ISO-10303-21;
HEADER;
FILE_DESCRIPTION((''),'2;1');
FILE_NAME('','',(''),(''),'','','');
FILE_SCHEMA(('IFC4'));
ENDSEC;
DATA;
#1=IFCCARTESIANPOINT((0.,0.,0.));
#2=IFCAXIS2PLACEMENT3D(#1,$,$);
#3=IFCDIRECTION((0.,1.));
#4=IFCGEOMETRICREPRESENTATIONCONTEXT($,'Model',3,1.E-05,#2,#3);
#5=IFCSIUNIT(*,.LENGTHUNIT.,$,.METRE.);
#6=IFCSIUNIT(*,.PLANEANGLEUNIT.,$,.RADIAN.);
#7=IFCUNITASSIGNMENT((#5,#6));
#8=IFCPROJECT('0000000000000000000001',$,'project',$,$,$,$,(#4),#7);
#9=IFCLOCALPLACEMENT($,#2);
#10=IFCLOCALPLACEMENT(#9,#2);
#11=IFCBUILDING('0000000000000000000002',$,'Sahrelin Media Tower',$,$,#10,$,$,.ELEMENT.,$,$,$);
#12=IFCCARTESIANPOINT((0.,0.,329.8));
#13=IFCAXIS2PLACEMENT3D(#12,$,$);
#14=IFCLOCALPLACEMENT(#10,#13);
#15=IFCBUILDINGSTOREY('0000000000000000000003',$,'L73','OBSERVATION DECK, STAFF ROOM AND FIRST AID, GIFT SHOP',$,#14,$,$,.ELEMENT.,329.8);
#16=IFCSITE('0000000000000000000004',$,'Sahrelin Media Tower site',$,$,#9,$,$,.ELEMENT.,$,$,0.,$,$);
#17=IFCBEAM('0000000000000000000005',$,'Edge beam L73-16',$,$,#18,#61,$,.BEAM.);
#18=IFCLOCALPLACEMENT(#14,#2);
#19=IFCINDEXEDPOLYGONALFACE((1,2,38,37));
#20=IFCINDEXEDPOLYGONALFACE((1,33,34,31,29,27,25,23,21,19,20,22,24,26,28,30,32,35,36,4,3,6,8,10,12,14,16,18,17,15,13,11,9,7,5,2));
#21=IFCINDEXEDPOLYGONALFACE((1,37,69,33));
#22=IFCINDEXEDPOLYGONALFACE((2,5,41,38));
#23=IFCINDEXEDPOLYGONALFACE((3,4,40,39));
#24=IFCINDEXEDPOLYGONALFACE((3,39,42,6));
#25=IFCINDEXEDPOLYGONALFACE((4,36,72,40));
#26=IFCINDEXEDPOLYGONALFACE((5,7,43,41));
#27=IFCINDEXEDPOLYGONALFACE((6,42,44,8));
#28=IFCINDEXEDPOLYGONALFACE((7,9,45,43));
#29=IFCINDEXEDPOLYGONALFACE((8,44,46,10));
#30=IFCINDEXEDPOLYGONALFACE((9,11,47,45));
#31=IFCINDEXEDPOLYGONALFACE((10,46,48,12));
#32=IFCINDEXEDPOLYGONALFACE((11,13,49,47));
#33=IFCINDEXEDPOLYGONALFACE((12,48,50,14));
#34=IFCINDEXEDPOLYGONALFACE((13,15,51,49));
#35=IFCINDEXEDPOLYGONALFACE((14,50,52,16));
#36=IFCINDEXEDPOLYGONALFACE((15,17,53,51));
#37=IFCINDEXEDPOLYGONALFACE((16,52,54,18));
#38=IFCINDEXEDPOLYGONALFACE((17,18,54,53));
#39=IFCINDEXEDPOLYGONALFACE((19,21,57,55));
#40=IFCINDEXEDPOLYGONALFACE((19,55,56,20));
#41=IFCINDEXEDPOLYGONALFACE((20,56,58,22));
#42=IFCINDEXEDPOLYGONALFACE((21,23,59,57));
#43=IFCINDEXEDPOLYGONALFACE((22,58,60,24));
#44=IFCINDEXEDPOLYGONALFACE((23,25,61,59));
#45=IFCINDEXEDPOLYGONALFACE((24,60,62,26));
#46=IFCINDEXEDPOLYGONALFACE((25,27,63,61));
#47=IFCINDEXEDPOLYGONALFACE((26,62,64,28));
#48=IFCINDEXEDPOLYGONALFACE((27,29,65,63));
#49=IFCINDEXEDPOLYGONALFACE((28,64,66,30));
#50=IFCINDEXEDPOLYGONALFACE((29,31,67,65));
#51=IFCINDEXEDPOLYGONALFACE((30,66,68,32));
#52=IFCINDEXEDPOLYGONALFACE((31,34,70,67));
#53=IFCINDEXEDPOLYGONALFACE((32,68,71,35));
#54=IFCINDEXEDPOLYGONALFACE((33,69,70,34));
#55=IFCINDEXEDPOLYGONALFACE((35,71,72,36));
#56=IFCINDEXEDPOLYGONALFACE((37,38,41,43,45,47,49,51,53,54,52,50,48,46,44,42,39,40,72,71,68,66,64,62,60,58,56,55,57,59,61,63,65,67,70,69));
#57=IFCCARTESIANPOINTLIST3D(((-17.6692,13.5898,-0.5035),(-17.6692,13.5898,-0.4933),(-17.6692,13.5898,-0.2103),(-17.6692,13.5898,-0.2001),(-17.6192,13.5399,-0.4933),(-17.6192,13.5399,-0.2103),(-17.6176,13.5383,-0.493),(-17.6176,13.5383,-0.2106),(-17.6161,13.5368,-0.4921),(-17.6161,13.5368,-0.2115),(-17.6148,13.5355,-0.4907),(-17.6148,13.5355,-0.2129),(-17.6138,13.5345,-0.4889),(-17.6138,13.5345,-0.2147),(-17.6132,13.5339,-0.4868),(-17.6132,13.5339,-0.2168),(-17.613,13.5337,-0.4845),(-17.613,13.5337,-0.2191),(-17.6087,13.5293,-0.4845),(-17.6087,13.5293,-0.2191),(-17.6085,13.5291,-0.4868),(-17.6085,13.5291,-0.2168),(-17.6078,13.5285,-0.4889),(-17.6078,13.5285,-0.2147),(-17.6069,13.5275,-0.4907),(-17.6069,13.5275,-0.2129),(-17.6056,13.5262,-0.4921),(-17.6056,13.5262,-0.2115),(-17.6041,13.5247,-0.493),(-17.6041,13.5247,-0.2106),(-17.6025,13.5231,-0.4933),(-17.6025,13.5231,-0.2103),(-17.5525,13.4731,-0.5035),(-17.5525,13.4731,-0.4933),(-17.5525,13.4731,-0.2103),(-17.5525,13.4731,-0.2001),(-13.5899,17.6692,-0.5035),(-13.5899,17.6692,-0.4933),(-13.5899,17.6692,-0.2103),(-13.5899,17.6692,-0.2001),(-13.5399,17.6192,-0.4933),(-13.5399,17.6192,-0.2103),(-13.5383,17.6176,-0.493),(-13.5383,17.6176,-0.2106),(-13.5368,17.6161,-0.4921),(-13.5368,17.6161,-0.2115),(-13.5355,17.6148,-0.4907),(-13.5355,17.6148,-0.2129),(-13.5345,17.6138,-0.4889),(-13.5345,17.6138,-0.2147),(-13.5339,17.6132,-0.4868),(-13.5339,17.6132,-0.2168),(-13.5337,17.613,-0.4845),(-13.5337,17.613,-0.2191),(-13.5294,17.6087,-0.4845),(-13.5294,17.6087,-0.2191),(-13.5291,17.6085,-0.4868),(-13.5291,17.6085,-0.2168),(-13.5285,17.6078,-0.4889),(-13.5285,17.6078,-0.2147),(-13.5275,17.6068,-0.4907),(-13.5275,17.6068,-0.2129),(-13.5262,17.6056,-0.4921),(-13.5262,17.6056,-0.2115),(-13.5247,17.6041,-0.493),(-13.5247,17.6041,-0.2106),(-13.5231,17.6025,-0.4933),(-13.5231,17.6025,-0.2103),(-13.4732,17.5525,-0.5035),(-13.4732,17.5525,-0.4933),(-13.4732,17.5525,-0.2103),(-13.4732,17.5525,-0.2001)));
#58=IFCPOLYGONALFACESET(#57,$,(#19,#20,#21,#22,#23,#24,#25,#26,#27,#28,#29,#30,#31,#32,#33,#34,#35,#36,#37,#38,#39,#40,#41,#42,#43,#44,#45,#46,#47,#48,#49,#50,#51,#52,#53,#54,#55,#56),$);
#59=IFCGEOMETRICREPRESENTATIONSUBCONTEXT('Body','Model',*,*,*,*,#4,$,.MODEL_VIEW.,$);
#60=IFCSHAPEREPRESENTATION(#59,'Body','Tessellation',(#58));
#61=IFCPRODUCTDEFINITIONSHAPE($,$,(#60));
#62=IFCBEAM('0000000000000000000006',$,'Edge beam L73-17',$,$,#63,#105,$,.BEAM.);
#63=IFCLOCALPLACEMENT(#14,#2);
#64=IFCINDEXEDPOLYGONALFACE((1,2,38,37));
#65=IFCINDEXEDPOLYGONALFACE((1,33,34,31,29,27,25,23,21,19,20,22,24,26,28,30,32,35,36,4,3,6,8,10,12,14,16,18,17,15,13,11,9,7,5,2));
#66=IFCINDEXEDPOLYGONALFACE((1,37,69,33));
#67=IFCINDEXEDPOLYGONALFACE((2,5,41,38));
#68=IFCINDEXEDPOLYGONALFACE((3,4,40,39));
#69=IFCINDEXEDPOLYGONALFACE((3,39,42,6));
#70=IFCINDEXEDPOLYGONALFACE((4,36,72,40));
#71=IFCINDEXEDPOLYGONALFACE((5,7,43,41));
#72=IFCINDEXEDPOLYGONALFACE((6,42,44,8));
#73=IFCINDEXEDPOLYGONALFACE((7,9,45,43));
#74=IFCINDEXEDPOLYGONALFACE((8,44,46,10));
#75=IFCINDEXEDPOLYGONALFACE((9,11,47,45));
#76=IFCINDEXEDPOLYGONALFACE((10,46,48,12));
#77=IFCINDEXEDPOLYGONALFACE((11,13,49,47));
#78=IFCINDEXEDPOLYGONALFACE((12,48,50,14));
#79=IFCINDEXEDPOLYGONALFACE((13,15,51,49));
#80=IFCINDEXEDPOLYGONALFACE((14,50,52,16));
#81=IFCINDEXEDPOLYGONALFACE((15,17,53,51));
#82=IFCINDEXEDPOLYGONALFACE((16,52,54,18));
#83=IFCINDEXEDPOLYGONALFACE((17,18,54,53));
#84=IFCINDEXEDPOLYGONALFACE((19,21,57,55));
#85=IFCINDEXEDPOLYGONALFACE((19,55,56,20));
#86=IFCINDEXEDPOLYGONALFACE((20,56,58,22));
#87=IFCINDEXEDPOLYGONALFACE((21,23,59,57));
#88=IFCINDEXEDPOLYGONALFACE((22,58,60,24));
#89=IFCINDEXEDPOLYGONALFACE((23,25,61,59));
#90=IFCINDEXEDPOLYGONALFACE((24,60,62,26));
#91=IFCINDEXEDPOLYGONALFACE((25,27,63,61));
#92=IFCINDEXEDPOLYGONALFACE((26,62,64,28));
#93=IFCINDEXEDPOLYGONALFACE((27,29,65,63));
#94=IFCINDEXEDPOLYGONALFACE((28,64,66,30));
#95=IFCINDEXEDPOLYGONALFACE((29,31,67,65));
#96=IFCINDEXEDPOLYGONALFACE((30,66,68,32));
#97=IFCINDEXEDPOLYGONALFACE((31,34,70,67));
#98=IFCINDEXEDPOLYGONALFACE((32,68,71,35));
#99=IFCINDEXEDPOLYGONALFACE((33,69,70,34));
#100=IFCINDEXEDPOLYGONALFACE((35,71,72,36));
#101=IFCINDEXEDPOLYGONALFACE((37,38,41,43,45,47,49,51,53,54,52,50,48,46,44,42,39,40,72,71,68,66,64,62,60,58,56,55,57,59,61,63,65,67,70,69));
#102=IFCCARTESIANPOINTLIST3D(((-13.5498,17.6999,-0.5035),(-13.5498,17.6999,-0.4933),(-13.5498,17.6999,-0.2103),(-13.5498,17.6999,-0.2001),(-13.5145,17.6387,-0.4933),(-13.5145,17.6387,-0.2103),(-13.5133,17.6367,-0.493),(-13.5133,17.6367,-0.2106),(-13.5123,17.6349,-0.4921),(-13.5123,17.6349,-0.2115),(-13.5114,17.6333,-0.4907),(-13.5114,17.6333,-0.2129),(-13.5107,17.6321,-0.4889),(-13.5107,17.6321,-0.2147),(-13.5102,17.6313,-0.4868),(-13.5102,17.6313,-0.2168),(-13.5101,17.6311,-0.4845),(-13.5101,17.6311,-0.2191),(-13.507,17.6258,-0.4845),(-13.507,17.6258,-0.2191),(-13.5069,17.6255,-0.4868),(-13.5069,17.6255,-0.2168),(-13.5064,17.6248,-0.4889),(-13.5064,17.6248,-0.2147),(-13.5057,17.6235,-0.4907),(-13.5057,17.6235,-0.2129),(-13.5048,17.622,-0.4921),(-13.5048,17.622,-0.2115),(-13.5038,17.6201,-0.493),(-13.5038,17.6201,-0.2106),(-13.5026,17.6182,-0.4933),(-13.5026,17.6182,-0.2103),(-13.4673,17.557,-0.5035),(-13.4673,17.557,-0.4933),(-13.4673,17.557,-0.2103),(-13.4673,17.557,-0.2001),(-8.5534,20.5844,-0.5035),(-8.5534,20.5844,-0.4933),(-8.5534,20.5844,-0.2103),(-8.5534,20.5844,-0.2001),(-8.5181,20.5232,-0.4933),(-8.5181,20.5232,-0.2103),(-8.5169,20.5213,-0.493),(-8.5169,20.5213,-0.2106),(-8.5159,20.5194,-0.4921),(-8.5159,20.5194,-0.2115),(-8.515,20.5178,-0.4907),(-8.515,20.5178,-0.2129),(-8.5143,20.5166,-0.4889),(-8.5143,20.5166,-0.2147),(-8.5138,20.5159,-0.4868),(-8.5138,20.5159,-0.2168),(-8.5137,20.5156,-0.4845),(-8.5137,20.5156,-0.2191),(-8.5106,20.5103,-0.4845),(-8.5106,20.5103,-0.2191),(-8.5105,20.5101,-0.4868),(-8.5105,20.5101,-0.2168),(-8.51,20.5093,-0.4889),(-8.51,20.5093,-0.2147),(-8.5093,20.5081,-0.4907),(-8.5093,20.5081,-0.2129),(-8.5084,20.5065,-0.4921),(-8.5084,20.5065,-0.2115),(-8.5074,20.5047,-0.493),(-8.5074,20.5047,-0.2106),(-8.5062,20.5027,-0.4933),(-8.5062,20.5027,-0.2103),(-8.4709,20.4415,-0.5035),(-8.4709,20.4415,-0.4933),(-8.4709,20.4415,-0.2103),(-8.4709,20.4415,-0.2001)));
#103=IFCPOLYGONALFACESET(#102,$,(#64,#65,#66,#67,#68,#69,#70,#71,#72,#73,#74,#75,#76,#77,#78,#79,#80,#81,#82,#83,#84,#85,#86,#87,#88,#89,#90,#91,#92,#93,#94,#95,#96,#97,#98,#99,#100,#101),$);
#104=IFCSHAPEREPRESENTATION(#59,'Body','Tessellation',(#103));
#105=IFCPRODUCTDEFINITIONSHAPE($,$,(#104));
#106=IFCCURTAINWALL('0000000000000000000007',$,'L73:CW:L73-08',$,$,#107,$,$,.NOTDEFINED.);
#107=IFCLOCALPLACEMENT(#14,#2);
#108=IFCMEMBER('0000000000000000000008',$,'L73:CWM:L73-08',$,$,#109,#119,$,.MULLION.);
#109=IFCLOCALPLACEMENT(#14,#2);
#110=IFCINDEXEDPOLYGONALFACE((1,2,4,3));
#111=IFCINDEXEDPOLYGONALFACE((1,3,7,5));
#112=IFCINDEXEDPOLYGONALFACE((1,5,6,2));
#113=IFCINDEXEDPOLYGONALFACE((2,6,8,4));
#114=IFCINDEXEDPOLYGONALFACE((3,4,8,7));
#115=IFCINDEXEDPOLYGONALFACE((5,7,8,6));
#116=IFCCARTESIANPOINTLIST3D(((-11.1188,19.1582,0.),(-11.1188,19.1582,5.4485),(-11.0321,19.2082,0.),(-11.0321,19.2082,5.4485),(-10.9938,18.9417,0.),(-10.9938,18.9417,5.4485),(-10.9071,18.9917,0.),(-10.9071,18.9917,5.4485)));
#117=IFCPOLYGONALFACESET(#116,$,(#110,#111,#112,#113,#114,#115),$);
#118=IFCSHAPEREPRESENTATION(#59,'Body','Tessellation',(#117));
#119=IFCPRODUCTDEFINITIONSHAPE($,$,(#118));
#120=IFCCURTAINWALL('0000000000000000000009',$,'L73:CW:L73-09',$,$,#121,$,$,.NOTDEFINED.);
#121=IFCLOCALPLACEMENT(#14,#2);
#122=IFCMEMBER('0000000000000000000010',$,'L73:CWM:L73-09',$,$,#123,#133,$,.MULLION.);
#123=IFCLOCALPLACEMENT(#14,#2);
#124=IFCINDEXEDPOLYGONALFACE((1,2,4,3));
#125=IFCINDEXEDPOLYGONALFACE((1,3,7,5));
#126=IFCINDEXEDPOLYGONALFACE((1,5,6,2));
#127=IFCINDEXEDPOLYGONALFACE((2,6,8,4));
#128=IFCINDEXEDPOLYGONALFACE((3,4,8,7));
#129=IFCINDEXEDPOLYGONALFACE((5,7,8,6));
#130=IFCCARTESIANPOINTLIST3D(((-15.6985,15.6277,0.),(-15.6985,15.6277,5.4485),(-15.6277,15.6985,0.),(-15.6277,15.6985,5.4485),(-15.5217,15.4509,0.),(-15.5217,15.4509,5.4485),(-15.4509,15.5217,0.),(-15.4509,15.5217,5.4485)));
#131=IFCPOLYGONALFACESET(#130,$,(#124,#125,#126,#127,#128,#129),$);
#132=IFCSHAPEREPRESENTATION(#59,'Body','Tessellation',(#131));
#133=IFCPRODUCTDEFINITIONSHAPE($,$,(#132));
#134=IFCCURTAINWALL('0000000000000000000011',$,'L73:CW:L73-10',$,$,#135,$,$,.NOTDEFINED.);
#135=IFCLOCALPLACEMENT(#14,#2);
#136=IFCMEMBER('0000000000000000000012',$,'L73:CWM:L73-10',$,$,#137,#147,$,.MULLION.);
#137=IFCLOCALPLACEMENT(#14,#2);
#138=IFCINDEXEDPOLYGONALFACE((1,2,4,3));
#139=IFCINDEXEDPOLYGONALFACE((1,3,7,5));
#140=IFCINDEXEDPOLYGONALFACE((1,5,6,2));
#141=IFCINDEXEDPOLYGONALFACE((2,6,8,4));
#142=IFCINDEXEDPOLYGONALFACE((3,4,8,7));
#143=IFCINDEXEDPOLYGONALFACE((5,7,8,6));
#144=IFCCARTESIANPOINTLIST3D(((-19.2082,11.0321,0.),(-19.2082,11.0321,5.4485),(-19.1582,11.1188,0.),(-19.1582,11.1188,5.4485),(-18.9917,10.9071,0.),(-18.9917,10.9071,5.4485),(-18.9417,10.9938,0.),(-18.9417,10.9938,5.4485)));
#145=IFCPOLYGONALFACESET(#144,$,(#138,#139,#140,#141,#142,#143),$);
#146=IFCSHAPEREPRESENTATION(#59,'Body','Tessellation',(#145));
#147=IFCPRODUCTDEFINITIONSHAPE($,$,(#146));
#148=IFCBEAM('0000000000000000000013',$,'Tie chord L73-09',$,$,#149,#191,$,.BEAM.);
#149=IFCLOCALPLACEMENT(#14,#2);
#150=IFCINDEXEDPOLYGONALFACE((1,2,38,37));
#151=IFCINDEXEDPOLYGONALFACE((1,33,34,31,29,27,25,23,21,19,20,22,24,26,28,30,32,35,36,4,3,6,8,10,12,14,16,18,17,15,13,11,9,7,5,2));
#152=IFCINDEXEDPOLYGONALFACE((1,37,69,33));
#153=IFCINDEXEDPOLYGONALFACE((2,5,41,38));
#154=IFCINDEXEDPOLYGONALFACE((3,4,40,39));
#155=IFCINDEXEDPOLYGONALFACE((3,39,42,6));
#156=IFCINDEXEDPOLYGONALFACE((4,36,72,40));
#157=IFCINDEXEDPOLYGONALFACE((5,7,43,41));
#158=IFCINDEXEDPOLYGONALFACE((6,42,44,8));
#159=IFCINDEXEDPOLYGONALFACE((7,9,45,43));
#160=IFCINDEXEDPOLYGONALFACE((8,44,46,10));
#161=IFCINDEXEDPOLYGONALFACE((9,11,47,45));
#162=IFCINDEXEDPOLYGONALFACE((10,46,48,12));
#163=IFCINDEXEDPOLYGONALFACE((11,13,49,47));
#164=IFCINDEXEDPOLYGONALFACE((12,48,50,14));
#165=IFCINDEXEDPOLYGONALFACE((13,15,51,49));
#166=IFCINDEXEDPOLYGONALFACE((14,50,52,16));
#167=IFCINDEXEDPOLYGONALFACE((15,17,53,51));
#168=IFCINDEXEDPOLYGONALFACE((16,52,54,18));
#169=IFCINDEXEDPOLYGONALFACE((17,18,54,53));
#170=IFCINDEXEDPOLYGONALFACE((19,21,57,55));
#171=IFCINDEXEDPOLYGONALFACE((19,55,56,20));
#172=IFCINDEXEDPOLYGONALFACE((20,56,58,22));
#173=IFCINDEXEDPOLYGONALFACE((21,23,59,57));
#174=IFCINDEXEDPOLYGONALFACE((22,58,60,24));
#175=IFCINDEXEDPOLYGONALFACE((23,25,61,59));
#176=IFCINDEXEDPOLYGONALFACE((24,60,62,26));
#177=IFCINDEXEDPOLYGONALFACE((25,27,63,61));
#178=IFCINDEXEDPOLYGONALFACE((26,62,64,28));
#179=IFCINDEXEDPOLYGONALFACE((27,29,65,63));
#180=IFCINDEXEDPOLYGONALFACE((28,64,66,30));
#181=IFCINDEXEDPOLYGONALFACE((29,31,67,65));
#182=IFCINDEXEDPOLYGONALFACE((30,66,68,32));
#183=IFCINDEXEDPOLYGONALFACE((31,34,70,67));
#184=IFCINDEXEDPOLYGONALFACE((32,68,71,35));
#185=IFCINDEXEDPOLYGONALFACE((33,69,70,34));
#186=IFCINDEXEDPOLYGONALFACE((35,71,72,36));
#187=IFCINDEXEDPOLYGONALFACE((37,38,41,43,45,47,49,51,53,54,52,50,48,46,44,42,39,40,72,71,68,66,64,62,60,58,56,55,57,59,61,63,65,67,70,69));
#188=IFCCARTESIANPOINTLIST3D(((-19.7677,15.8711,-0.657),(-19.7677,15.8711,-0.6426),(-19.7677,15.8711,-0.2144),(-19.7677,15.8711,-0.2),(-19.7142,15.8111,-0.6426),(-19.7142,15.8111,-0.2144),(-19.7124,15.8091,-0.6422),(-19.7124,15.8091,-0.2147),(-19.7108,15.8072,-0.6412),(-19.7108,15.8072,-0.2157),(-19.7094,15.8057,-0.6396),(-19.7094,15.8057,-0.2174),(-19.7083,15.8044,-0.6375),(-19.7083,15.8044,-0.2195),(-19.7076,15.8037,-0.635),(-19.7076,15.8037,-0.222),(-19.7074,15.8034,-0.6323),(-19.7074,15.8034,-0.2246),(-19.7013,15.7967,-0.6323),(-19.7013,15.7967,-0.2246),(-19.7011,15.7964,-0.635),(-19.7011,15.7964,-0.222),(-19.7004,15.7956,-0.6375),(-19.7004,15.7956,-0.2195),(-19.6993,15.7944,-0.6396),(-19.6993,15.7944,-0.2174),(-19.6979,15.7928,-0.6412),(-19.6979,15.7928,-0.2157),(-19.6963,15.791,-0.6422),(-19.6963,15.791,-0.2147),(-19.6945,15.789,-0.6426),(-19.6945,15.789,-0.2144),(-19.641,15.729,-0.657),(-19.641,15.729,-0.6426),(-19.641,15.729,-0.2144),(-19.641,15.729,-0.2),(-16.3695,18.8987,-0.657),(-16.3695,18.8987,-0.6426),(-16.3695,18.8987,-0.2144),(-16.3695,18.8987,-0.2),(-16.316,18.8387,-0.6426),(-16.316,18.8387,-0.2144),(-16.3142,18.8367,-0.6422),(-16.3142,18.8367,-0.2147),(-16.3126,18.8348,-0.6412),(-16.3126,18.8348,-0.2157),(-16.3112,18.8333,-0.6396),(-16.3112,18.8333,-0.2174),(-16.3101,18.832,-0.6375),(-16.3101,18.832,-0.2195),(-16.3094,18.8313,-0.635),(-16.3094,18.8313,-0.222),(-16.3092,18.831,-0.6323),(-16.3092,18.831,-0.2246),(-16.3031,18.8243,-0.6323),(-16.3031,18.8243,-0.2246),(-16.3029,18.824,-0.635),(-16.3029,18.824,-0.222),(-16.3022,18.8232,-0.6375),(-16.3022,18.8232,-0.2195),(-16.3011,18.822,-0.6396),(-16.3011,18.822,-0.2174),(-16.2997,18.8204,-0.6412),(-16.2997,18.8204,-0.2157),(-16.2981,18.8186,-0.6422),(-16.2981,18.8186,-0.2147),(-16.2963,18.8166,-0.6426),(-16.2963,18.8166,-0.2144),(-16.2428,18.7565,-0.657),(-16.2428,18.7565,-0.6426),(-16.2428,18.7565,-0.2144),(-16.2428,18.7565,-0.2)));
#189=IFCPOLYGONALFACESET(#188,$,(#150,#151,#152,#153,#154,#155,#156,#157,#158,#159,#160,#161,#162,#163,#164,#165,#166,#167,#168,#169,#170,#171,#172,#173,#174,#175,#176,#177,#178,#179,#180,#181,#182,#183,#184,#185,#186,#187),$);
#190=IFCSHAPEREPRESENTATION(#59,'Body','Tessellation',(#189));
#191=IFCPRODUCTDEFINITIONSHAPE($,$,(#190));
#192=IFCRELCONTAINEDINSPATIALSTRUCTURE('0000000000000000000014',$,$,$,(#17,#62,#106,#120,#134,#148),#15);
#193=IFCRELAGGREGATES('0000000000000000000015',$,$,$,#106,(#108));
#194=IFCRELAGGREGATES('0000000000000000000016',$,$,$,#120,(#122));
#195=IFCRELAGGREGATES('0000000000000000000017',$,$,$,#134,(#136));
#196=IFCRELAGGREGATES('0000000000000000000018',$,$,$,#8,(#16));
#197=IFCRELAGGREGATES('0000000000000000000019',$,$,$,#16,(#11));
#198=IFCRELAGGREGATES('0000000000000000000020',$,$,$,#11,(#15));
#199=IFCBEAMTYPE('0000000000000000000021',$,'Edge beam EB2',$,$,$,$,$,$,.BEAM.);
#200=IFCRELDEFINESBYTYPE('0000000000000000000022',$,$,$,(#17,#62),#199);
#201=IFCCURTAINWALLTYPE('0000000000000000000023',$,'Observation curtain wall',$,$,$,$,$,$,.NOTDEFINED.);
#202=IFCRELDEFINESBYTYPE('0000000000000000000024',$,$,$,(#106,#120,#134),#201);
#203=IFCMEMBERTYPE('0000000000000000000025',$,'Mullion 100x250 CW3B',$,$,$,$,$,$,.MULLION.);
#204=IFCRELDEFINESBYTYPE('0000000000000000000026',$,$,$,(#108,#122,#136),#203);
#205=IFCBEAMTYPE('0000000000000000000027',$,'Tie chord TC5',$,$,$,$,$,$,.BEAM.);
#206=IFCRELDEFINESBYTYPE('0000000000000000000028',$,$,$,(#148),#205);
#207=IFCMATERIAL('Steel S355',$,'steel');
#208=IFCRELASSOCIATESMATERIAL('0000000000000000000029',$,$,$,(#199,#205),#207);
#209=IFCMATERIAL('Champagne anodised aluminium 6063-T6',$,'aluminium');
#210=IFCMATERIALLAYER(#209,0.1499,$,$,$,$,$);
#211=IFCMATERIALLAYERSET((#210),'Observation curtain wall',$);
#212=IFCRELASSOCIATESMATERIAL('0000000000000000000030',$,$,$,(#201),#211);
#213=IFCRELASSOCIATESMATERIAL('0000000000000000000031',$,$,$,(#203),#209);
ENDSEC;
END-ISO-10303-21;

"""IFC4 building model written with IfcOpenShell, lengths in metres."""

from ifc_helpers import new_model, si_unit, direction, frame, origin, origin_2d, place, context, subcontext, project, spatial, rectangle, i_section, extrude, material, layer, layer_set, material_profile, profile_set, type_object, element, aggregate, save


model = new_model("IFC4")

# Units and contexts
model_context = context("Model", 3, precision=1e-05, world=origin(), true_north=direction((0.0, 1.0)))
body_context = subcontext(model_context, "Body", "Model", "MODEL_VIEW")
ifc_project = project(units=[si_unit("LENGTHUNIT", "METRE"), si_unit("PLANEANGLEUNIT", "RADIAN")], contexts=[model_context])

# Site, building, storey
site_placement = place(None, origin())
site = spatial("IfcSite", under=ifc_project, at=site_placement, Name="Sahrelin Media Tower site", CompositionType="ELEMENT", RefElevation=0.0)
building_placement = place(site_placement, origin())
building = spatial("IfcBuilding", under=site, at=building_placement, Name="Sahrelin Media Tower", CompositionType="ELEMENT")
storey_placement = place(building_placement, frame((0.0, 0.0, 329.8)))
storey = spatial("IfcBuildingStorey", under=building, at=storey_placement, Name="L73", Description="OBSERVATION DECK, STAFF ROOM AND FIRST AID, GIFT SHOP", CompositionType="ELEMENT", Elevation=329.8)

# Beams
ifc_material_1 = material(Name="Steel S355", Category="steel")
ifc_material_profile_1 = material_profile(ifc_material_1, i_section(OverallWidth=0.165, OverallDepth=0.3035, WebThickness=0.0061, FlangeThickness=0.0103, FilletRadius=0.0088, at=origin_2d()), Name="UB 305x165x40")
ifc_profile_set_1 = profile_set([ifc_material_profile_1], Name="Steel S355")
beam_type_1 = type_object("IfcBeamType", Name="Edge beam EB2", PredefinedType="BEAM", material=ifc_profile_set_1)
beam_1_placement = place(storey_placement, frame((-17.6108, 13.5315, -0.3518), z_axis=(0.707107, 0.707107, 0.0), x_axis=(-0.707107, 0.707107, 0.0)))
element("IfcBeam", 1, at=beam_1_placement, inside=storey, type_object=beam_type_1, Name="Edge beam L73-16", PredefinedType="BEAM", context=body_context, shape_type="SweptSolid", body=[
    extrude(i_section(OverallWidth=0.165, OverallDepth=0.3035, WebThickness=0.0061, FlangeThickness=0.0103, FilletRadius=0.0088, at=origin_2d()), origin(), (0.0, 0.0, 1.0), 5.769),
])
beam_2_placement = place(storey_placement, frame((-13.5085, 17.6284, -0.3518), z_axis=(0.866034, 0.499985, 0.0), x_axis=(-0.499985, 0.866034, 0.0)))
element("IfcBeam", 2, at=beam_2_placement, inside=storey, type_object=beam_type_1, Name="Edge beam L73-17", PredefinedType="BEAM", context=body_context, shape_type="SweptSolid", body=[
    extrude(i_section(OverallWidth=0.165, OverallDepth=0.3035, WebThickness=0.0061, FlangeThickness=0.0103, FilletRadius=0.0088, at=origin_2d()), origin(), (0.0, 0.0, 1.0), 5.7693),
])

# Curtain walls, members
ifc_material_2 = material(Name="Champagne anodised aluminium 6063-T6", Category="aluminium")
ifc_layer_1 = layer(ifc_material_2, 0.1499)
ifc_layer_set_1 = layer_set([ifc_layer_1], Name="Observation curtain wall")
curtain_wall_type = type_object("IfcCurtainWallType", Name="Observation curtain wall", PredefinedType="NOTDEFINED", material=ifc_layer_set_1)
curtain_wall_1_placement = place(storey_placement, frame((-11.0854, 19.2004, 0.0), z_axis=(0.0, 0.0, 1.0), x_axis=(1.0, 0.0, 0.0)))
curtain_wall_1 = element("IfcCurtainWall", 3, at=curtain_wall_1_placement, inside=storey, type_object=curtain_wall_type, Name="L73:CW:L73-08", PredefinedType="NOTDEFINED")
ifc_material_profile_2 = material_profile(ifc_material_2, rectangle(XDim=0.1001, YDim=0.25, at=origin_2d()), Name="Mullion 100x250")
ifc_profile_set_2 = profile_set([ifc_material_profile_2], Name="Champagne anodised aluminium 6063-T6")
member_type_1 = type_object("IfcMemberType", Name="Mullion 100x250 CW3B", PredefinedType="MULLION", material=ifc_profile_set_2)
member_1_placement = place(storey_placement, frame((-11.0129, 19.075, 0.0), z_axis=(0.0, 0.0, 1.0), x_axis=(-0.866029, -0.499994, 0.0)))
member_1 = element("IfcMember", 4, at=member_1_placement, type_object=member_type_1, Name="L73:CWM:L73-08", PredefinedType="MULLION", context=body_context, shape_type="SweptSolid", body=[
    extrude(rectangle(XDim=0.1001, YDim=0.25, at=origin_2d()), origin(), (0.0, 0.0, 1.0), 5.4485),
])
aggregate(curtain_wall_1, [member_1])
curtain_wall_2_placement = place(storey_placement, frame((-15.677, 15.677, 0.0), z_axis=(0.0, 0.0, 1.0), x_axis=(1.0, 0.0, 0.0)))
curtain_wall_2 = element("IfcCurtainWall", 5, at=curtain_wall_2_placement, inside=storey, type_object=curtain_wall_type, Name="L73:CW:L73-09", PredefinedType="NOTDEFINED")
member_2_placement = place(storey_placement, frame((-15.5747, 15.5747, 0.0), z_axis=(0.0, 0.0, 1.0), x_axis=(-0.707107, -0.707107, 0.0)))
member_2 = element("IfcMember", 6, at=member_2_placement, type_object=member_type_1, Name="L73:CWM:L73-09", PredefinedType="MULLION", context=body_context, shape_type="SweptSolid", body=[
    extrude(rectangle(XDim=0.1001, YDim=0.25, at=origin_2d()), origin(), (0.0, 0.0, 1.0), 5.4485),
])
curtain_wall_3_placement = place(storey_placement, frame((-19.2004, 11.0854, 0.0), z_axis=(0.0, 0.0, 1.0), x_axis=(1.0, 0.0, 0.0)))
curtain_wall_3 = element("IfcCurtainWall", 7, at=curtain_wall_3_placement, inside=storey, type_object=curtain_wall_type, Name="L73:CW:L73-10", PredefinedType="NOTDEFINED")
member_3_placement = place(storey_placement, frame((-19.075, 11.0129, 0.0), z_axis=(0.0, 0.0, 1.0), x_axis=(-0.499994, -0.866029, 0.0)))
member_3 = element("IfcMember", 8, at=member_3_placement, type_object=member_type_1, Name="L73:CWM:L73-10", PredefinedType="MULLION", context=body_context, shape_type="SweptSolid", body=[
    extrude(rectangle(XDim=0.1001, YDim=0.25, at=origin_2d()), origin(), (0.0, 0.0, 1.0), 5.4485),
])

# Beam
ifc_material_profile_3 = material_profile(ifc_material_1, i_section(OverallWidth=0.1904, OverallDepth=0.457, WebThickness=0.009, FlangeThickness=0.0144, FilletRadius=0.0103, at=origin_2d()), Name="UB 457x191x74")
ifc_profile_set_3 = profile_set([ifc_material_profile_3], Name="Steel S355")
beam_type_2 = type_object("IfcBeamType", Name="Tie chord TC5", PredefinedType="BEAM", material=ifc_profile_set_3)
beam_3_placement = place(storey_placement, frame((-16.3062, 18.8276, -0.4285), z_axis=(-0.746648, -0.665219, 0.0), x_axis=(0.665219, -0.746648, 0.0)))
element("IfcBeam", 9, at=beam_3_placement, inside=storey, type_object=beam_type_2, Name="Tie chord L73-09", PredefinedType="BEAM", context=body_context, shape_type="SweptSolid", body=[
    extrude(i_section(OverallWidth=0.1904, OverallDepth=0.457, WebThickness=0.009, FlangeThickness=0.0144, FilletRadius=0.0103, at=origin_2d()), origin(), (0.0, 0.0, 1.0), 4.5513),
])

aggregate(curtain_wall_2, [member_2])
aggregate(curtain_wall_3, [member_3])

save(model, "model.ifc")
